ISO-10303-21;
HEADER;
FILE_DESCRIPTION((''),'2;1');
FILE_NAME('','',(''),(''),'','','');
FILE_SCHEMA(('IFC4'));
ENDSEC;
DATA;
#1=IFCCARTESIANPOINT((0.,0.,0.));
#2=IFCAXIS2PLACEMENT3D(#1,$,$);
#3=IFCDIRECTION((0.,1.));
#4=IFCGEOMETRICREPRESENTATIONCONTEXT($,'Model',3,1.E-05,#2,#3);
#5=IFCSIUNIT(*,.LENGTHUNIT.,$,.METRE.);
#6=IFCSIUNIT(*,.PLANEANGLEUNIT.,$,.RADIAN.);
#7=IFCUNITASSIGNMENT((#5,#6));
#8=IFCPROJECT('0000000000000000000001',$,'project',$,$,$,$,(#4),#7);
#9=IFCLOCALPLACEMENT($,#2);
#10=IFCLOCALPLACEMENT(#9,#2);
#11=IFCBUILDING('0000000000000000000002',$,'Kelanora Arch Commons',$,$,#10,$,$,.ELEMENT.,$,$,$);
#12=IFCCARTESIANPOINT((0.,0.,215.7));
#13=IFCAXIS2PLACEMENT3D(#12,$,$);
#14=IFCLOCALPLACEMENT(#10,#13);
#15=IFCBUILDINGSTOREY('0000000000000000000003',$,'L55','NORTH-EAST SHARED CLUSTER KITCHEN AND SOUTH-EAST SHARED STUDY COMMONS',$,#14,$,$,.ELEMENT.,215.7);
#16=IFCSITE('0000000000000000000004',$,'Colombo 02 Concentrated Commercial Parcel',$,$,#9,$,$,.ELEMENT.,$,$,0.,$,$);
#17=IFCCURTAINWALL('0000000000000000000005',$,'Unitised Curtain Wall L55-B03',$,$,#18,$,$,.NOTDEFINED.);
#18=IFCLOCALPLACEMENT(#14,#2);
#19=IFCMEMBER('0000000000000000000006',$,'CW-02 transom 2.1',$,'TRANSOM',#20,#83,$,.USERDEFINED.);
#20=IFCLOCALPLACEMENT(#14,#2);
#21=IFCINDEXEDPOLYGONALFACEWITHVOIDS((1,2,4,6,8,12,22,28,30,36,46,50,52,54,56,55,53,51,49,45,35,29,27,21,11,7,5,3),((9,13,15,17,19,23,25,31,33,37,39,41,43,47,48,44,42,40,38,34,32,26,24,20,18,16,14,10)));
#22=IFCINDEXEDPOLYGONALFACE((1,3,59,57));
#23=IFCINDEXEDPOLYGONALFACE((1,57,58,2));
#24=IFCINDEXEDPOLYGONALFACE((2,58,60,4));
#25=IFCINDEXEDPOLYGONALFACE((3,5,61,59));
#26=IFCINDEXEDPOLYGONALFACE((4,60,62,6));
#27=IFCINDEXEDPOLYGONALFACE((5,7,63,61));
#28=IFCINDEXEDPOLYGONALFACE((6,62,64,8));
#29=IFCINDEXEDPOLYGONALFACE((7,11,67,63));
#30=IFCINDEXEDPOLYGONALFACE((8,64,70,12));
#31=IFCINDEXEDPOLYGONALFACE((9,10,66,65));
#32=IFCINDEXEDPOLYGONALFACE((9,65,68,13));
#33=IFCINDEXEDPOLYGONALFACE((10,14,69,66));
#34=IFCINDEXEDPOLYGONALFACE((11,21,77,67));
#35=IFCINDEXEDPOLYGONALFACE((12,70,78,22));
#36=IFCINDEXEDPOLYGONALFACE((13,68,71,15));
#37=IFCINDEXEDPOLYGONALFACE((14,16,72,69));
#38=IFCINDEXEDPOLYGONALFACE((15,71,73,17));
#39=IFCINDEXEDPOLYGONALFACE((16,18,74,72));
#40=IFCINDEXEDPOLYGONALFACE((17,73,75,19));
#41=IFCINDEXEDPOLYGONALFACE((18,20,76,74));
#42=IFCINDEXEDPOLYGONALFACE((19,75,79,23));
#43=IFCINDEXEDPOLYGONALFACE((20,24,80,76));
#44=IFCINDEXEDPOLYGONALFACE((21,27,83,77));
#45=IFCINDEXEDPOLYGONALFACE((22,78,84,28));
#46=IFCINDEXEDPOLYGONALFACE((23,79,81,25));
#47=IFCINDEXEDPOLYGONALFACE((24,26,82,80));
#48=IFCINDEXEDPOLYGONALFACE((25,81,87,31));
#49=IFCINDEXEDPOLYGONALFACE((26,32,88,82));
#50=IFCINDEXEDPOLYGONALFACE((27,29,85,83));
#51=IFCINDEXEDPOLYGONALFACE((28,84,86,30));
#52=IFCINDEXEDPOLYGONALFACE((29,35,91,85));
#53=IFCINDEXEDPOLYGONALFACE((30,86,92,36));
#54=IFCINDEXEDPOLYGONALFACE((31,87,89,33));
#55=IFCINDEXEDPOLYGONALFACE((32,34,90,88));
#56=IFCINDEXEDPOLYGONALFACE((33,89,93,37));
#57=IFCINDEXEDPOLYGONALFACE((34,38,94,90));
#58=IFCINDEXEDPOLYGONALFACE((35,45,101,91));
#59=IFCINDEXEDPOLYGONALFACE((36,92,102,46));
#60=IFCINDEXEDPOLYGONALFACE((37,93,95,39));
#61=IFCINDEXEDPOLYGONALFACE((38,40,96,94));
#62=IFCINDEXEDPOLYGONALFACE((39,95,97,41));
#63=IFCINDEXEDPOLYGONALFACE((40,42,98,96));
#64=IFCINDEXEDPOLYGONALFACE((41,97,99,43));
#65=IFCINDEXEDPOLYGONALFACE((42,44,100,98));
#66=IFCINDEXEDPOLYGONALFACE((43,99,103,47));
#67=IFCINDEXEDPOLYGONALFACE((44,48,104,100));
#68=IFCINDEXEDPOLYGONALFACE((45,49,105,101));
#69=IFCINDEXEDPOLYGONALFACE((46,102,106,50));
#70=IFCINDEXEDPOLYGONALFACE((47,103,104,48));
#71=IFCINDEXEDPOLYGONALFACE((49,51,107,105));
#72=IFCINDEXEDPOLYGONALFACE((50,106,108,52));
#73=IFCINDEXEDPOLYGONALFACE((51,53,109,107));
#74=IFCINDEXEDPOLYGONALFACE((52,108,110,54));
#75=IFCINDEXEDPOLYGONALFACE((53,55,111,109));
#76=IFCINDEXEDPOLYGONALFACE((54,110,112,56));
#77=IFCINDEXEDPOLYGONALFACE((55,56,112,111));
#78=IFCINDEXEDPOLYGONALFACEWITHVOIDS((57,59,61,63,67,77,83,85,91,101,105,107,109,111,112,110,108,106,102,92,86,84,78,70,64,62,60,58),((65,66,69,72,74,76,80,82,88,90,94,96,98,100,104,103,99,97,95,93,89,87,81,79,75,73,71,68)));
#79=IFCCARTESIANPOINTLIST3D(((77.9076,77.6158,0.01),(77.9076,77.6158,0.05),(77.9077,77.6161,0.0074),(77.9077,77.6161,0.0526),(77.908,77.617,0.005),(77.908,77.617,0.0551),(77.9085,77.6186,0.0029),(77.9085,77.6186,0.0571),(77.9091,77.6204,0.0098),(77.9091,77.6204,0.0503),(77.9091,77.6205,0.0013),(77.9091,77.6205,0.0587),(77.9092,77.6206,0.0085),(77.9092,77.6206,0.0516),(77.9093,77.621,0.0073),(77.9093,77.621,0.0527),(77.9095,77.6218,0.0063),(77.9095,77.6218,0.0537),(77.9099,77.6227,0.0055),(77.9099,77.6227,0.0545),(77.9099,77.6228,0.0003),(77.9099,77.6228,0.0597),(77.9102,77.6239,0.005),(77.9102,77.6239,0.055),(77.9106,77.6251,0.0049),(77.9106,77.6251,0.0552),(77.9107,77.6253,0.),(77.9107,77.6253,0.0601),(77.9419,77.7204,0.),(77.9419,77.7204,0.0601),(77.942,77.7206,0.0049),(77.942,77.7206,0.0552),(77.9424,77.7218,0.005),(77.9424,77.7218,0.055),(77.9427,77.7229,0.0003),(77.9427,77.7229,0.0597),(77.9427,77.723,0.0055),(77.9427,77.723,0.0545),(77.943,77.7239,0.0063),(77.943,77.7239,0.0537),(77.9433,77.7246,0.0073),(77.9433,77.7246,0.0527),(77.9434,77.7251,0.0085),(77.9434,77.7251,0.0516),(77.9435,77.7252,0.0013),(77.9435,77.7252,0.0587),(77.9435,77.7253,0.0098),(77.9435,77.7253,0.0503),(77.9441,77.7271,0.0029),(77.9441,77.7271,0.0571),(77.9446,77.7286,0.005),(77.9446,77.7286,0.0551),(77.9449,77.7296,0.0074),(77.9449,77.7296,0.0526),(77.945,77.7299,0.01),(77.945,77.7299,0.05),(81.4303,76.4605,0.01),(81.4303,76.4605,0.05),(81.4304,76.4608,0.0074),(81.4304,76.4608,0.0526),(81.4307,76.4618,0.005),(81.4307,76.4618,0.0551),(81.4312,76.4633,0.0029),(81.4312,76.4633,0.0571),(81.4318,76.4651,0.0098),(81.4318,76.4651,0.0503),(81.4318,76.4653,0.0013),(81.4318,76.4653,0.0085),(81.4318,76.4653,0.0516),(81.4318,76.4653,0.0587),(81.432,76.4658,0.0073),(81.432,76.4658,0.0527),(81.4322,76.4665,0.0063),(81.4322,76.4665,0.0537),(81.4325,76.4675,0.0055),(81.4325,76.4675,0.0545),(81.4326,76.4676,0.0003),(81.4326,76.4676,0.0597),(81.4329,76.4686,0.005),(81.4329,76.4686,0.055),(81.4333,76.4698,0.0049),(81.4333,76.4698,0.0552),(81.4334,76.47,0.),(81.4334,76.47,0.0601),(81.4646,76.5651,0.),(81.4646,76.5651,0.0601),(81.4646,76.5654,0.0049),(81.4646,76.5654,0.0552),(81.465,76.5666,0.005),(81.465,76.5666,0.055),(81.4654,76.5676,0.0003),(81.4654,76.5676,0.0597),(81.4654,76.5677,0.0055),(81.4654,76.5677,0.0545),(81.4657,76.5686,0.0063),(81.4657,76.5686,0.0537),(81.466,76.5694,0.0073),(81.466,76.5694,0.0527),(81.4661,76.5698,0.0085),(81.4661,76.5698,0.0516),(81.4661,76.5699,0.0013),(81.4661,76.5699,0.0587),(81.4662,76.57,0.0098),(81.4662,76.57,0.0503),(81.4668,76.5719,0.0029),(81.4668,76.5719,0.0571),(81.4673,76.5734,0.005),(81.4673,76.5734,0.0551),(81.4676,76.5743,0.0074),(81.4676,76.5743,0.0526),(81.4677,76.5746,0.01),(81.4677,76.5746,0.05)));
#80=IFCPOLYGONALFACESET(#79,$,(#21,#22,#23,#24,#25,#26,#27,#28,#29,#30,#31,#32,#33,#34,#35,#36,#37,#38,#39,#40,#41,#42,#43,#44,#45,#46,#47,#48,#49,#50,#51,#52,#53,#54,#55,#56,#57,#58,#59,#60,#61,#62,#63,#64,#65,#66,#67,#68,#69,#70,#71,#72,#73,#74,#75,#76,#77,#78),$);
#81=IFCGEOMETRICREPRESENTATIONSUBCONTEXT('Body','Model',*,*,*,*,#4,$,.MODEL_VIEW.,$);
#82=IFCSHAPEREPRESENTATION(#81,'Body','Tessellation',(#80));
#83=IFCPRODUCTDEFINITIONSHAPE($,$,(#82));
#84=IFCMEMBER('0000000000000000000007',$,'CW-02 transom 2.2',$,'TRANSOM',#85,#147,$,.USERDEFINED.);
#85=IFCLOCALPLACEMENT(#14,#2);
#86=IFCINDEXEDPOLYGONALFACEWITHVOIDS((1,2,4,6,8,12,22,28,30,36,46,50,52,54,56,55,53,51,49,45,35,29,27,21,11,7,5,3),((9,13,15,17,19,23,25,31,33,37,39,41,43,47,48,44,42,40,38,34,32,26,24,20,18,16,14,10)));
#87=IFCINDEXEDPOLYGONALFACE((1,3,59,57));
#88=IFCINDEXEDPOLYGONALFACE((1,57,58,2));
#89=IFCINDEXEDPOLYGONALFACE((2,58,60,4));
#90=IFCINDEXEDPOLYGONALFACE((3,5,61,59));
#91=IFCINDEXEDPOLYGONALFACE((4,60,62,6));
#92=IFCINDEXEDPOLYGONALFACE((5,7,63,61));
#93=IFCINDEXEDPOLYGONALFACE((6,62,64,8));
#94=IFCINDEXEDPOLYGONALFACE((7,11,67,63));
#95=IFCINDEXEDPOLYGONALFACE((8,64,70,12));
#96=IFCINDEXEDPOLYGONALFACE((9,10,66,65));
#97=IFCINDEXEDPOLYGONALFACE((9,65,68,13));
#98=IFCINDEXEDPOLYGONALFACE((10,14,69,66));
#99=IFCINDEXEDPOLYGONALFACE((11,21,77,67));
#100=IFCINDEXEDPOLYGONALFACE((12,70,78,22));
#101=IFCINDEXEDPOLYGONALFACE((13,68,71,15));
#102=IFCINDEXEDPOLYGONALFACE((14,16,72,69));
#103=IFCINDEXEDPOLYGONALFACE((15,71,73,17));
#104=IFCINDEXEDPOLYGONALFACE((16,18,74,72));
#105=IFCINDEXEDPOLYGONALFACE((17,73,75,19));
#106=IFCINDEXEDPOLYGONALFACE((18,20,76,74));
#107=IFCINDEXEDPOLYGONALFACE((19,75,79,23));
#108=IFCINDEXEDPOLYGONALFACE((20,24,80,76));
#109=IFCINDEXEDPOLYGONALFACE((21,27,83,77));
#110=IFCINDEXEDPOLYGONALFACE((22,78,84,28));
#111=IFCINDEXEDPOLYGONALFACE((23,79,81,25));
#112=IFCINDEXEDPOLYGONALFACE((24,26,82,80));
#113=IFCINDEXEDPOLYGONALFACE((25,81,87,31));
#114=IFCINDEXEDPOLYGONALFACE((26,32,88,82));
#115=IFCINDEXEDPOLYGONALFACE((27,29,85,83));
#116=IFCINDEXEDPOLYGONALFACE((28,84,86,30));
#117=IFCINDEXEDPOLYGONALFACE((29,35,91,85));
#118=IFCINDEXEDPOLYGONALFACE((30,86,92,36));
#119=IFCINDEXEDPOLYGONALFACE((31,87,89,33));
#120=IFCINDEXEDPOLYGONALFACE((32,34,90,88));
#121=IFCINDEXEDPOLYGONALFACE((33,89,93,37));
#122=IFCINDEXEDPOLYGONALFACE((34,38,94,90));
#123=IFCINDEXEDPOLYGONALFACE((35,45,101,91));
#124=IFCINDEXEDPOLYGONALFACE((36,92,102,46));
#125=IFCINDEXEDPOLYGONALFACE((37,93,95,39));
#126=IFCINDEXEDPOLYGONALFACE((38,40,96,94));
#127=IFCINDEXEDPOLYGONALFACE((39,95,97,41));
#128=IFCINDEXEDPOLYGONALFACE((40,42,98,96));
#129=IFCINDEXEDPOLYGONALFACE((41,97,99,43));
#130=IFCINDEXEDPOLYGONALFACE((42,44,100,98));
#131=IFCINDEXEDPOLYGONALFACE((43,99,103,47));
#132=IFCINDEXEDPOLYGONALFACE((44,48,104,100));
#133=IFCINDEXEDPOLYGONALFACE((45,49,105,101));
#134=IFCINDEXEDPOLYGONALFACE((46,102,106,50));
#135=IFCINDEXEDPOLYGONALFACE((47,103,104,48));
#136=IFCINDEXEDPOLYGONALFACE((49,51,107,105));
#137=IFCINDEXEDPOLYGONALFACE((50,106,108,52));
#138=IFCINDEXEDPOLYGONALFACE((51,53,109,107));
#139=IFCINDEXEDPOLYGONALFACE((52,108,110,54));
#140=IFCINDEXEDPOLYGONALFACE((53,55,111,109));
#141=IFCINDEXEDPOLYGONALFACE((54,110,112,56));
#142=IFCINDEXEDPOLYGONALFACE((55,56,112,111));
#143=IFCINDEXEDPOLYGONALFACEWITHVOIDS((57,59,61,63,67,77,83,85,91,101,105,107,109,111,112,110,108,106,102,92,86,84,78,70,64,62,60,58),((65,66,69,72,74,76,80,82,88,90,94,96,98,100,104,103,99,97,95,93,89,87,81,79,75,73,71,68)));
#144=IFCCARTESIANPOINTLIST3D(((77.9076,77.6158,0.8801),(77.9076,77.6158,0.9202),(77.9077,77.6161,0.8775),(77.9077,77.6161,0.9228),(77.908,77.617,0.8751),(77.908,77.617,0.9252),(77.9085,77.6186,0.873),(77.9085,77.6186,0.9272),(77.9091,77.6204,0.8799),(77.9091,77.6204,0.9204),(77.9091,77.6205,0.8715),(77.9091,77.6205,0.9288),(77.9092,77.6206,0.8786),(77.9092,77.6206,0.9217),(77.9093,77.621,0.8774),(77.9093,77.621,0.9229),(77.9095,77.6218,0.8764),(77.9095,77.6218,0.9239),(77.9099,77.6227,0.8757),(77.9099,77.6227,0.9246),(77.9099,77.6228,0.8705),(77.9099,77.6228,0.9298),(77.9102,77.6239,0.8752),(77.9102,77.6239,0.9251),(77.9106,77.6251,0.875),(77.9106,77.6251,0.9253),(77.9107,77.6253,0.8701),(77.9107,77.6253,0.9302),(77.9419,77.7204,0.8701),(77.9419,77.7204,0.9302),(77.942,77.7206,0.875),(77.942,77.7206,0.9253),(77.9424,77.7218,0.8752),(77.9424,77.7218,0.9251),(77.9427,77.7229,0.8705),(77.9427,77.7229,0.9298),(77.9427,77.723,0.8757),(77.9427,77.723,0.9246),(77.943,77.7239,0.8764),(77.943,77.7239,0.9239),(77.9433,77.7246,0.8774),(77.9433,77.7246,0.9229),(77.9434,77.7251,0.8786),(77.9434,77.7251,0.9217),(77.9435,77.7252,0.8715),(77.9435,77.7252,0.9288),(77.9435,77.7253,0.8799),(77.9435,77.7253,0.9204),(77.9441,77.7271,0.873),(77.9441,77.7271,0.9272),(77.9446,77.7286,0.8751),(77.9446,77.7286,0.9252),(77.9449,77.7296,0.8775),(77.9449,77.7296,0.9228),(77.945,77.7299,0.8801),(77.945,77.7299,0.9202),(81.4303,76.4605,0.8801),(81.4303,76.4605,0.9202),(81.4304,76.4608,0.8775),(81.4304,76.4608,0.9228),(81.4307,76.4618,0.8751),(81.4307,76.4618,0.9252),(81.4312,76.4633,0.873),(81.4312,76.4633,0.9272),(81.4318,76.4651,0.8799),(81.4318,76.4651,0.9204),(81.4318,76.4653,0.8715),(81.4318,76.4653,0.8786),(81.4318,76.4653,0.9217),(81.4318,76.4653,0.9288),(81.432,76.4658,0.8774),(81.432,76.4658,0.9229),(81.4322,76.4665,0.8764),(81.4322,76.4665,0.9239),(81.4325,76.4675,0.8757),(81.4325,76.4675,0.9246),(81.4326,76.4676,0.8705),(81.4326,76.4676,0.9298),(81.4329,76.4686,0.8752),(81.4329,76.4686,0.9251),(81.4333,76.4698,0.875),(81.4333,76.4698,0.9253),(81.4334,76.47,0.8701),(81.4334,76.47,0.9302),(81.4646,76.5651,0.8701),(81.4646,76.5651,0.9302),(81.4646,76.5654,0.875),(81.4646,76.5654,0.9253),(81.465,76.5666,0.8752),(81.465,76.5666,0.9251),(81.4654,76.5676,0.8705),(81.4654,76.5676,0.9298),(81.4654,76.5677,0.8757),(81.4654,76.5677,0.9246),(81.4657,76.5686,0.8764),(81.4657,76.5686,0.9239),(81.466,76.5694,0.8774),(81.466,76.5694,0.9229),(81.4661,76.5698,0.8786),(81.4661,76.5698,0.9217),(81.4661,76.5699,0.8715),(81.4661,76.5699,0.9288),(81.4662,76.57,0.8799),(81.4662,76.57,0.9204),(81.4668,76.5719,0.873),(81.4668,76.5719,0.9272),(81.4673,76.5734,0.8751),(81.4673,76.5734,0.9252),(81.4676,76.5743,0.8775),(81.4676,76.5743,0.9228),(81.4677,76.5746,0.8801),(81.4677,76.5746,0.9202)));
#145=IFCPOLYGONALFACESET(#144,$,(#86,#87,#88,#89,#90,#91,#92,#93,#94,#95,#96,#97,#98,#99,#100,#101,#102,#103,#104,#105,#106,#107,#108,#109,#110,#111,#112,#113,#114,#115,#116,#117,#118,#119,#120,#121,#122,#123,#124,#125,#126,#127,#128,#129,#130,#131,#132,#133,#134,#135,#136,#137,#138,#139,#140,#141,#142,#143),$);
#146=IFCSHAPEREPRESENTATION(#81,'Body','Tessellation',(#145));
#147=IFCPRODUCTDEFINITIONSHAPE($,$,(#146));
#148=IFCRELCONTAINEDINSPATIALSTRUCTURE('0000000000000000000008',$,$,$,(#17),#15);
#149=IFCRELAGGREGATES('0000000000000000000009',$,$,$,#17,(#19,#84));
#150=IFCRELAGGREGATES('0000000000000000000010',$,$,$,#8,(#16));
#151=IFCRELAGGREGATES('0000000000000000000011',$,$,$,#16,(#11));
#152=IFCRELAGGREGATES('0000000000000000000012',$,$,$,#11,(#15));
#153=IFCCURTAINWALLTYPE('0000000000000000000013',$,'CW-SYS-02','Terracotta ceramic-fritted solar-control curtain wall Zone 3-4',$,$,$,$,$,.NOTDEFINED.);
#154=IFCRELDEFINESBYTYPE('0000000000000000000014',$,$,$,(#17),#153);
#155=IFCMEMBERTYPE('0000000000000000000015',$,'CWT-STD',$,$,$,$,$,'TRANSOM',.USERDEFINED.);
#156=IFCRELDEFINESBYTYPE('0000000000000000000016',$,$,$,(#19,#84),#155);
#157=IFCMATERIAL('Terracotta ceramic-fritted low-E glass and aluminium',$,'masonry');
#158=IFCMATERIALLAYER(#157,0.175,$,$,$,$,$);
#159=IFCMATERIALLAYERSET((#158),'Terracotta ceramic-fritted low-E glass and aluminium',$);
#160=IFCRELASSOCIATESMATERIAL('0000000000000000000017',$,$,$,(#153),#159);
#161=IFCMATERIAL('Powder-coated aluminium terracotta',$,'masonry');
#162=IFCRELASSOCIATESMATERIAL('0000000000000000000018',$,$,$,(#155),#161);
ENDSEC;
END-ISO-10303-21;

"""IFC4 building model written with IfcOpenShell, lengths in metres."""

from ifc_helpers import new_model, si_unit, direction, frame, origin, origin_2d, place, context, subcontext, project, spatial, hollow_rectangle, extrude, material, layer, layer_set, material_profile, profile_set, type_object, element, aggregate, save


model = new_model("IFC4")

# Units and contexts
model_context = context("Model", 3, precision=1e-05, world=origin(), true_north=direction((0.0, 1.0)))
body_context = subcontext(model_context, "Body", "Model", "MODEL_VIEW")
ifc_project = project(units=[si_unit("LENGTHUNIT", "METRE"), si_unit("PLANEANGLEUNIT", "RADIAN")], contexts=[model_context])

# Site, building, storey
site_placement = place(None, origin())
site = spatial("IfcSite", under=ifc_project, at=site_placement, Name="Colombo 02 Concentrated Commercial Parcel", CompositionType="ELEMENT", RefElevation=0.0)
building_placement = place(site_placement, origin())
building = spatial("IfcBuilding", under=site, at=building_placement, Name="Kelanora Arch Commons", CompositionType="ELEMENT")
storey_placement = place(building_placement, frame((0.0, 0.0, 215.7)))
storey = spatial("IfcBuildingStorey", under=building, at=storey_placement, Name="L55", Description="NORTH-EAST SHARED CLUSTER KITCHEN AND SOUTH-EAST SHARED STUDY COMMONS", CompositionType="ELEMENT", Elevation=215.7)

# Curtain wall, members
ifc_material_1 = material(Name="Terracotta ceramic-fritted low-E glass and aluminium", Category="masonry")
ifc_layer_1 = layer(ifc_material_1, 0.175)
ifc_layer_set_1 = layer_set([ifc_layer_1], Name="Terracotta ceramic-fritted low-E glass and aluminium")
curtain_wall_type = type_object("IfcCurtainWallType", Name="CW-SYS-02", Description="Terracotta ceramic-fritted solar-control curtain wall Zone 3-4", PredefinedType="NOTDEFINED", material=ifc_layer_set_1)
curtain_wall_placement = place(storey_placement, origin())
curtain_wall = element("IfcCurtainWall", 1, at=curtain_wall_placement, inside=storey, type_object=curtain_wall_type, Name="Unitised Curtain Wall L55-B03", PredefinedType="NOTDEFINED")
ifc_material_2 = material(Name="Powder-coated aluminium terracotta", Category="masonry")
ifc_material_profile_1 = material_profile(ifc_material_2, hollow_rectangle(XDim=0.1201, YDim=0.0601, WallThickness=0.0049, InnerFilletRadius=0.0049, OuterFilletRadius=0.01, at=origin_2d()), Name="CWT120x60")
ifc_profile_set_1 = profile_set([ifc_material_profile_1], Name="Powder-coated aluminium terracotta")
member_type_1 = type_object("IfcMemberType", Name="CWT-STD", ElementType="TRANSOM", PredefinedType="USERDEFINED", material=ifc_profile_set_1)
member_1_placement = place(storey_placement, frame((81.449, 76.5176, 0.03), z_axis=(-0.950207, 0.311621, 0.0), x_axis=(-0.311621, -0.950207, 0.0)))
member_1 = element("IfcMember", 2, at=member_1_placement, type_object=member_type_1, Name="CW-02 transom 2.1", ObjectType="TRANSOM", PredefinedType="USERDEFINED", context=body_context, shape_type="SweptSolid", body=[
    extrude(hollow_rectangle(XDim=0.1201, YDim=0.0601, WallThickness=0.0049, InnerFilletRadius=0.0049, OuterFilletRadius=0.01, at=origin_2d()), origin(), (0.0, 0.0, 1.0), 3.7073),
])
member_2_placement = place(storey_placement, frame((81.449, 76.5176, 0.9001), z_axis=(-0.950207, 0.311621, 0.0), x_axis=(-0.311621, -0.950207, 0.0)))
member_2 = element("IfcMember", 3, at=member_2_placement, type_object=member_type_1, Name="CW-02 transom 2.2", ObjectType="TRANSOM", PredefinedType="USERDEFINED", context=body_context, shape_type="SweptSolid", body=[
    extrude(hollow_rectangle(XDim=0.1201, YDim=0.0601, WallThickness=0.0049, InnerFilletRadius=0.0049, OuterFilletRadius=0.01, at=origin_2d()), origin(), (0.0, 0.0, 1.0), 3.7073),
])
aggregate(curtain_wall, [member_1, member_2])

save(model, "model.ifc")
